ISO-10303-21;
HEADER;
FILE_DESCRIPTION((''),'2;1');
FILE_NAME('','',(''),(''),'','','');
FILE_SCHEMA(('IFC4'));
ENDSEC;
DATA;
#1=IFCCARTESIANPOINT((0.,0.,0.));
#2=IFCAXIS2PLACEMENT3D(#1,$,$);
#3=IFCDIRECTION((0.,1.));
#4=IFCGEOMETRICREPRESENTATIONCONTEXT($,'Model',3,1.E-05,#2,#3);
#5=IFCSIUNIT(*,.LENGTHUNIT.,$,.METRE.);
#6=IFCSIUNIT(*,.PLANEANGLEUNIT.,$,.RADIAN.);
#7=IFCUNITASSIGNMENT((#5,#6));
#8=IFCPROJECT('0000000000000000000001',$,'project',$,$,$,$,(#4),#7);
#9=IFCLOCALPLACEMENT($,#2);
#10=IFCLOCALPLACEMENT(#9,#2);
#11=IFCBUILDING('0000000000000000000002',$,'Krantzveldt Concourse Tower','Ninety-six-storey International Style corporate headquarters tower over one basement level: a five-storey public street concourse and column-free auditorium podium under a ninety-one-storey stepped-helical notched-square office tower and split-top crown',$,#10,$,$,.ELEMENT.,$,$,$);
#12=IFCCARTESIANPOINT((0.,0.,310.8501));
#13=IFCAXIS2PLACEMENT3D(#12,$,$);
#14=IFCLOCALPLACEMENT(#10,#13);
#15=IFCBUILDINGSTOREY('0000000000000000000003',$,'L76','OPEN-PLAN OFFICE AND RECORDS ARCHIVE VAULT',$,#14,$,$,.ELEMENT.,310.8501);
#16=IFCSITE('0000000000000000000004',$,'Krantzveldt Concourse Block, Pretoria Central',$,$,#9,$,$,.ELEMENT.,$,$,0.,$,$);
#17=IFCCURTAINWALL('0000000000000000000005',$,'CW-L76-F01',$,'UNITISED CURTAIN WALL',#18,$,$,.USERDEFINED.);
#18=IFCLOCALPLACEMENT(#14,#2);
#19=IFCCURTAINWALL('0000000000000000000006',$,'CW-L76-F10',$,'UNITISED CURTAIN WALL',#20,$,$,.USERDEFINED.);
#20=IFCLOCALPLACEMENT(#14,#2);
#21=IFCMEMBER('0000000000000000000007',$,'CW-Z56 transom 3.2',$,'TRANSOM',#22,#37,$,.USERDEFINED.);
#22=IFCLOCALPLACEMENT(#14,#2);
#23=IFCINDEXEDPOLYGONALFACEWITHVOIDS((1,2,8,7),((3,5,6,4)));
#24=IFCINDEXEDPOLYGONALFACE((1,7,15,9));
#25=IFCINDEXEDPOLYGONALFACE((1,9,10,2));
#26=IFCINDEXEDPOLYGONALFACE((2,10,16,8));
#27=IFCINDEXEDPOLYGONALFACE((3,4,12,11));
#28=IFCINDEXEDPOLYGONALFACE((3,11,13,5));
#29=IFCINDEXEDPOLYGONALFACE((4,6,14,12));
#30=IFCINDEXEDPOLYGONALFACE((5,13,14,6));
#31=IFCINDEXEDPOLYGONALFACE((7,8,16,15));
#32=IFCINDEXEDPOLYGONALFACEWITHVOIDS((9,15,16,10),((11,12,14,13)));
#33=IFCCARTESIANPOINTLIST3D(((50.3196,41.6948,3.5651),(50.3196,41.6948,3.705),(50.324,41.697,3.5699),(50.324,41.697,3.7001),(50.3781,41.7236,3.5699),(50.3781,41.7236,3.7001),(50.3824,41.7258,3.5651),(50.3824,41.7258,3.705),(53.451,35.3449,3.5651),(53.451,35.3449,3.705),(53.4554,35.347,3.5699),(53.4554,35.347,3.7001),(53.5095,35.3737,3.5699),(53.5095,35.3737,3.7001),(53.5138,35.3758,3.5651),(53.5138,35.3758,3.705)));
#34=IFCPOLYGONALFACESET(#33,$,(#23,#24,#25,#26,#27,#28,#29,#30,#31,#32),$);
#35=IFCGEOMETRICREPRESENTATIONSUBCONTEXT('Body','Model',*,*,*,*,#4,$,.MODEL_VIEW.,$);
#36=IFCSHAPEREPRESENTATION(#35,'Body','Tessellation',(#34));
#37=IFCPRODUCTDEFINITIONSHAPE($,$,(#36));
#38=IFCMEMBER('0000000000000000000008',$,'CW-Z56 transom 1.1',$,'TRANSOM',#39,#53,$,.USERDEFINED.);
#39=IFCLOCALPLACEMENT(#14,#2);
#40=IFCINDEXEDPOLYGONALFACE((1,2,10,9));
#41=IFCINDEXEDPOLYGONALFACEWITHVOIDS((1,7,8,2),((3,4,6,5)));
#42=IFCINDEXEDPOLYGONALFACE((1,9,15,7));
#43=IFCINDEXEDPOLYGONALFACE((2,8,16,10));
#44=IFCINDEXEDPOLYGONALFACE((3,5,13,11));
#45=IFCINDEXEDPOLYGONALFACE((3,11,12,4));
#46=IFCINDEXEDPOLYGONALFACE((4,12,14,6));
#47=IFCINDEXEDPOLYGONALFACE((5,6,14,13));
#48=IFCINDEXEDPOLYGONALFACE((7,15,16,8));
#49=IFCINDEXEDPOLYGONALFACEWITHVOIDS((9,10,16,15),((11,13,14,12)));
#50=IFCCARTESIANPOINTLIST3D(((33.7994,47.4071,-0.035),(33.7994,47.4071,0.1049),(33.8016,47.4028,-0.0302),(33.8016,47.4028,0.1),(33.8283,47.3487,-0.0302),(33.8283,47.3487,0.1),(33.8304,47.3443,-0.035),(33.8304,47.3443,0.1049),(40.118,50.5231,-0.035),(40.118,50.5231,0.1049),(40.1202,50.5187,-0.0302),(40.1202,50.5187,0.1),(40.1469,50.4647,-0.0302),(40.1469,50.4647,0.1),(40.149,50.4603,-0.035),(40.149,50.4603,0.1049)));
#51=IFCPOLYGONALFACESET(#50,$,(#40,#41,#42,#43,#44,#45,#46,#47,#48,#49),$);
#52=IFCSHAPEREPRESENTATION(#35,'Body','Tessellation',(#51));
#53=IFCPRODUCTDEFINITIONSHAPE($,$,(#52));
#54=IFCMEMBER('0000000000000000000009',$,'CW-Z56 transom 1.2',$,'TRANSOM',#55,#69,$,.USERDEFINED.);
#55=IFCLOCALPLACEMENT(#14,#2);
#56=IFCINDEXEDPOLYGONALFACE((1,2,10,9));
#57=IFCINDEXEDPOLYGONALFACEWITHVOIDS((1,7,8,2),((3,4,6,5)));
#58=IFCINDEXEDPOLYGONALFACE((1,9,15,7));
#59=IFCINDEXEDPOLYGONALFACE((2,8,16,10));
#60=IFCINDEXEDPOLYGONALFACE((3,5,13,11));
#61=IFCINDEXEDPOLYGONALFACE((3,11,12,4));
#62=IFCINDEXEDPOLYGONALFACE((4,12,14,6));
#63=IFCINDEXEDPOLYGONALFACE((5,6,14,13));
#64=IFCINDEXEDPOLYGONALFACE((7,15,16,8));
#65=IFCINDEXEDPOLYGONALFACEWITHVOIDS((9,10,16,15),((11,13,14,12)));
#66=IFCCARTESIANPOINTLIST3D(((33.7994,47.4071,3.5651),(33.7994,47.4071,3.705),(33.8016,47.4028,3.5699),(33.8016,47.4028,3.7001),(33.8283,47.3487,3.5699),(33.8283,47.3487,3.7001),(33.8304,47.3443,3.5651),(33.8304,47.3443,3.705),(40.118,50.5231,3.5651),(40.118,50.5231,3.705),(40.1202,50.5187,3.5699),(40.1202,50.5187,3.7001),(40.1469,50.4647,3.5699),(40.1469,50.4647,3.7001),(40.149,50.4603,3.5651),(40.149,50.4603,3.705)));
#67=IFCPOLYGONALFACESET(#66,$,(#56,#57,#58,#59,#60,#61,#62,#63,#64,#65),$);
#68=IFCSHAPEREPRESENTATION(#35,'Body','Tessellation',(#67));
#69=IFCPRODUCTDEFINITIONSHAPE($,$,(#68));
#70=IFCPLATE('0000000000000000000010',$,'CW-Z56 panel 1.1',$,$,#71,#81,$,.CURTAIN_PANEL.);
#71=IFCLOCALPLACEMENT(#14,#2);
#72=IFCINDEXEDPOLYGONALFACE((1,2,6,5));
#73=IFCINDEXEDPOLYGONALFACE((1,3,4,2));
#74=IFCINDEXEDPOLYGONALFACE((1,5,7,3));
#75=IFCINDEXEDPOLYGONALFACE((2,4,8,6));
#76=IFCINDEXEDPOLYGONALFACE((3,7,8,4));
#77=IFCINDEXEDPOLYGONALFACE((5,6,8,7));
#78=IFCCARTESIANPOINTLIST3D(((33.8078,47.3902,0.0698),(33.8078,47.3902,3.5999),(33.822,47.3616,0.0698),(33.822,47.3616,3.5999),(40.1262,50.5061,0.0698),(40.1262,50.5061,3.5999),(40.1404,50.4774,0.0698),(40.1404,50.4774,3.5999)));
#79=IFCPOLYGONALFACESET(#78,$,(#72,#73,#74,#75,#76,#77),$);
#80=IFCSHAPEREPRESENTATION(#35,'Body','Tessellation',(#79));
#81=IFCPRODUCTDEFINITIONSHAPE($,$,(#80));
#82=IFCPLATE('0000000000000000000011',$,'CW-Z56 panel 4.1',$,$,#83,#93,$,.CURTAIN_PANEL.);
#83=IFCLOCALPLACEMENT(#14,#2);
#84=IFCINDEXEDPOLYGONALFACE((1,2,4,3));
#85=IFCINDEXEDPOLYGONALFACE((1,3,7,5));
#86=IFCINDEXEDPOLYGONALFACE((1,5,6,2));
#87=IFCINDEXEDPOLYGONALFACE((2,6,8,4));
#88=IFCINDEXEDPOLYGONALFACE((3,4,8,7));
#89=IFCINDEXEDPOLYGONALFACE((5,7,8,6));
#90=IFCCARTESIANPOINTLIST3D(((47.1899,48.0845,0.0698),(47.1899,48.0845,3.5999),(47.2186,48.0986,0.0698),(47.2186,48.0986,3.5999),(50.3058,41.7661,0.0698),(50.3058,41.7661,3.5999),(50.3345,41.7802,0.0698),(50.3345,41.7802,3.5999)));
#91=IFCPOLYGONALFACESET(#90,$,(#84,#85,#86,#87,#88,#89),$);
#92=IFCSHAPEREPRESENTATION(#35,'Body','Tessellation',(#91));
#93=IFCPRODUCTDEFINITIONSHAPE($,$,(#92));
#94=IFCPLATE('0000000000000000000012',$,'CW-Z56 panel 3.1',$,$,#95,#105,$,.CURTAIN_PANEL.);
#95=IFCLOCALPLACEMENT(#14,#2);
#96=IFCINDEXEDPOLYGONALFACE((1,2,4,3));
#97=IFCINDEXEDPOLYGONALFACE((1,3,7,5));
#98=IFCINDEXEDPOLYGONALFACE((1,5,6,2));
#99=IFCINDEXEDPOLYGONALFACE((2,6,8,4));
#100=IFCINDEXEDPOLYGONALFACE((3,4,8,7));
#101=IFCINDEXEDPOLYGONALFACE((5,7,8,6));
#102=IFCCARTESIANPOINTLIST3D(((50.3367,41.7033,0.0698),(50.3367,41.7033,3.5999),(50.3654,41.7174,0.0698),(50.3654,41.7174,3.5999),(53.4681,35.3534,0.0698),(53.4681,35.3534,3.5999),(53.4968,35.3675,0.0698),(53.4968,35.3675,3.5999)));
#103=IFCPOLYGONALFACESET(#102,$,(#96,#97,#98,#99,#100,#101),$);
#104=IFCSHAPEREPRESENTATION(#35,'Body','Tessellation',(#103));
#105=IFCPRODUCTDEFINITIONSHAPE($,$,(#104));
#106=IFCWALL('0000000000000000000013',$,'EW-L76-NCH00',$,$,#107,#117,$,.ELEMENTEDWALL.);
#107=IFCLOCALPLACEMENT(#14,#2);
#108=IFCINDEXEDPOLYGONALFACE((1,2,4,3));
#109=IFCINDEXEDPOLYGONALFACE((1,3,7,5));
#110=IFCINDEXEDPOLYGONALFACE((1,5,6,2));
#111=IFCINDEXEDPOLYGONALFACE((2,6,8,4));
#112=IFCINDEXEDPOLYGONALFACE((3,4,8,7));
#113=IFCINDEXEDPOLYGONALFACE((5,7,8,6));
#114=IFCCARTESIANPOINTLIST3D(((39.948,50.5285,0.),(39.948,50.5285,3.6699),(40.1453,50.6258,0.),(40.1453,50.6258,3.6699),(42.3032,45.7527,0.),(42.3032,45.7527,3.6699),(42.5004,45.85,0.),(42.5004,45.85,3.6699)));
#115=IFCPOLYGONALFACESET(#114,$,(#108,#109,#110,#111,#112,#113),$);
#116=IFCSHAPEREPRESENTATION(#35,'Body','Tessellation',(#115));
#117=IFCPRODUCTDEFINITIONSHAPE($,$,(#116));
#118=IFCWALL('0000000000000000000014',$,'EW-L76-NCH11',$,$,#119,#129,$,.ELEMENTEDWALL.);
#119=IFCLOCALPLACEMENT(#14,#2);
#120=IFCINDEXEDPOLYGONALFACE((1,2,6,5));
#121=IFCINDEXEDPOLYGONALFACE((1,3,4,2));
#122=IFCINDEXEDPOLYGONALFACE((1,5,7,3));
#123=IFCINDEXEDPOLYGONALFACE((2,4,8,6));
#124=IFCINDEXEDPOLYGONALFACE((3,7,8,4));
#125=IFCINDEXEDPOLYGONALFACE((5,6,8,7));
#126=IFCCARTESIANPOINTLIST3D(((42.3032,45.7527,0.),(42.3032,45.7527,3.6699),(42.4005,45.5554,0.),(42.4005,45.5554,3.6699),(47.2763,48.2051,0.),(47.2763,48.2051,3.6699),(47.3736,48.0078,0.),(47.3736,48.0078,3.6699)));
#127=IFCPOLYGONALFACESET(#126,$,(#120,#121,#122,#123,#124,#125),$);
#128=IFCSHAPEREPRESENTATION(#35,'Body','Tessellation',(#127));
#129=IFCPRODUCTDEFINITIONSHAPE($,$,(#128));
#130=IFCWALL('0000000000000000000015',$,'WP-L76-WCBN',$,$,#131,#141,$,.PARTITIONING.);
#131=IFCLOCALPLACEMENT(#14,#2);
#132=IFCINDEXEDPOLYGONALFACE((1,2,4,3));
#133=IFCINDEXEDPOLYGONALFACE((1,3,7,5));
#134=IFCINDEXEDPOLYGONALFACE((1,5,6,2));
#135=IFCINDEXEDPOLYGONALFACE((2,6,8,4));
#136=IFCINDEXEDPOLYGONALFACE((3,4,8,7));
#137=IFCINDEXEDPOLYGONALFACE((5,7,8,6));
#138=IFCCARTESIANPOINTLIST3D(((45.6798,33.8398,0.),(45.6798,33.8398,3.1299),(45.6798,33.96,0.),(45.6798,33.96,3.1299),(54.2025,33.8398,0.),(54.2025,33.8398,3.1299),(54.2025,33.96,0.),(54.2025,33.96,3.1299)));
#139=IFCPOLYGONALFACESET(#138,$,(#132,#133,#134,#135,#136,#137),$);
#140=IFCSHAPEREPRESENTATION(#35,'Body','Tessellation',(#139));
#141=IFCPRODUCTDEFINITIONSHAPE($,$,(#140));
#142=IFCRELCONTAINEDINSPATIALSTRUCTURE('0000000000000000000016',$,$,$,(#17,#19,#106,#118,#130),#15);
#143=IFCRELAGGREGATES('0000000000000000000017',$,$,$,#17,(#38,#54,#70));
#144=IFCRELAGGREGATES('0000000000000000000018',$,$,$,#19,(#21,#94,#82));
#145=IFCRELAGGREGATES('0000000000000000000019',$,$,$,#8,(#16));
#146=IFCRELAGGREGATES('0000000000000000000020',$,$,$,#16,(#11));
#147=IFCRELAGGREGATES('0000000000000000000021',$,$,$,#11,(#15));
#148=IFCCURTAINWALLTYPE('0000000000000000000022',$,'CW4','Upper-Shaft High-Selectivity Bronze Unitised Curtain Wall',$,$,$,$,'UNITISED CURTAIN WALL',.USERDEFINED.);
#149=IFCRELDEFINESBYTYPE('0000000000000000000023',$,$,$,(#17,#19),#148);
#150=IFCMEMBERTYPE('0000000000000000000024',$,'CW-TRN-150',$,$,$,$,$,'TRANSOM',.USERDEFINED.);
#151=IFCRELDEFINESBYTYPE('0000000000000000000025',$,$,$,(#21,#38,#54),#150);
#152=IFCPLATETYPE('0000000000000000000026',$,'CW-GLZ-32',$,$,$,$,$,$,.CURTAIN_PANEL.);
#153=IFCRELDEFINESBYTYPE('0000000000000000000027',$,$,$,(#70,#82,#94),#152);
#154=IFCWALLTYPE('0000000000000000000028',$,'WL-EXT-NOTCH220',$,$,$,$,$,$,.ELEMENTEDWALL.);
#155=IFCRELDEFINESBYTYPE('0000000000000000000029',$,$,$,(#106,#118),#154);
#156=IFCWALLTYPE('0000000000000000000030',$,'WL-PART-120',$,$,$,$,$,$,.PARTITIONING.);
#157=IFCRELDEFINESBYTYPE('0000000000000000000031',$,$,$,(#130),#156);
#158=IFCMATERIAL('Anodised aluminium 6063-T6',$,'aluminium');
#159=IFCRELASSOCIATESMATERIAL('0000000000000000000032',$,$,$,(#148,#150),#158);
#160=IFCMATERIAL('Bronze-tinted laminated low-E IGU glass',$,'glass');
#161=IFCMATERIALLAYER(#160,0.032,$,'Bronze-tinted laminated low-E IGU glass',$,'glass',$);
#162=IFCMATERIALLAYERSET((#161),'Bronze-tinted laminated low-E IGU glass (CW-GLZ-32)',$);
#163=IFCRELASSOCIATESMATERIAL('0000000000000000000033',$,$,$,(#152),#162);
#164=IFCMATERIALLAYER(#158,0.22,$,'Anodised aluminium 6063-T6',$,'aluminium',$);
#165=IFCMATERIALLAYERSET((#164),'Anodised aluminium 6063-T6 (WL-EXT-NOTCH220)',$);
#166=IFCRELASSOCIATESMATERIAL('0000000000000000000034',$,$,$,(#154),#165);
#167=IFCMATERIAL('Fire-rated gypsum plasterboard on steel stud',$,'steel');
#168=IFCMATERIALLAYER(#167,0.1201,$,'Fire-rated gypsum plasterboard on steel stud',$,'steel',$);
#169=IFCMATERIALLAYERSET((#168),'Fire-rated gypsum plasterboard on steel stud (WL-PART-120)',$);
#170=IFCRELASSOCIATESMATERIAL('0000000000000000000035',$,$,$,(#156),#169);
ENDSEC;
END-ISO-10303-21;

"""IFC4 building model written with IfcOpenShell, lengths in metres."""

from ifc_helpers import new_model, si_unit, direction, frame, frame_2d, origin, origin_2d, place, context, subcontext, project, spatial, rectangle, hollow_rectangle, extrude, source, transform, mapped, material, layer, layer_set, material_profile, profile_set, type_object, type_shapes, element, aggregate, save


model = new_model("IFC4")

# Units and contexts
model_context = context("Model", 3, precision=1e-05, world=origin(), true_north=direction((0.0, 1.0)))
body_context = subcontext(model_context, "Body", "Model", "MODEL_VIEW")
ifc_project = project(units=[si_unit("LENGTHUNIT", "METRE"), si_unit("PLANEANGLEUNIT", "RADIAN")], contexts=[model_context])

# Site, building, storey
site_placement = place(None, origin())
site = spatial("IfcSite", under=ifc_project, at=site_placement, Name="Krantzveldt Concourse Block, Pretoria Central", CompositionType="ELEMENT", RefElevation=0.0)
building_placement = place(site_placement, origin())
building = spatial("IfcBuilding", under=site, at=building_placement, Name="Krantzveldt Concourse Tower", Description="Ninety-six-storey International Style corporate headquarters tower over one basement level: a five-storey public street concourse and column-free auditorium podium under a ninety-one-storey stepped-helical notched-square office tower and split-top crown", CompositionType="ELEMENT")
storey_placement = place(building_placement, frame((0.0, 0.0, 310.8501)))
storey = spatial("IfcBuildingStorey", under=building, at=storey_placement, Name="L76", Description="OPEN-PLAN OFFICE AND RECORDS ARCHIVE VAULT", CompositionType="ELEMENT", Elevation=310.8501)

# Curtain wall
ifc_material_1 = material(Name="Anodised aluminium 6063-T6", Category="aluminium")
curtain_wall_type = type_object("IfcCurtainWallType", Name="CW4", Description="Upper-Shaft High-Selectivity Bronze Unitised Curtain Wall", ElementType="UNITISED CURTAIN WALL", PredefinedType="USERDEFINED", material=ifc_material_1)
curtain_wall_1_placement = place(storey_placement, origin())
curtain_wall_1 = element("IfcCurtainWall", 1, at=curtain_wall_1_placement, inside=storey, type_object=curtain_wall_type, Name="CW-L76-F01", ObjectType="UNITISED CURTAIN WALL", PredefinedType="USERDEFINED")

# Curtain wall, member
curtain_wall_2_placement = place(storey_placement, origin())
curtain_wall_2 = element("IfcCurtainWall", 2, at=curtain_wall_2_placement, inside=storey, type_object=curtain_wall_type, Name="CW-L76-F10", ObjectType="UNITISED CURTAIN WALL", PredefinedType="USERDEFINED")
ifc_material_profile_1 = material_profile(ifc_material_1, hollow_rectangle(XDim=0.0701, YDim=0.1399, WallThickness=0.0049, at=origin_2d()), Name="Anodised aluminium 6063-T6", Category="aluminium")
ifc_profile_set_1 = profile_set([ifc_material_profile_1], Name="Anodised aluminium 6063-T6 - ALU-TRAN 140x70x5")
member_type_1 = type_object("IfcMemberType", Name="CW-TRN-150", ElementType="TRANSOM", PredefinedType="USERDEFINED", material=ifc_profile_set_1)
shared_shape_1 = source(origin(), body_context, "Body", "SweptSolid", [
    extrude(hollow_rectangle(XDim=0.0701, YDim=0.1399, WallThickness=0.0049, at=origin_2d()), origin(), (0.0, 0.0, 1.0), 7.0801),
])
member_1_placement = place(storey_placement, frame((53.4824, 35.3604, 3.635), z_axis=(-0.442283, 0.896876, 0.0), x_axis=(-0.896876, -0.442283, 0.0)))
member_1 = element("IfcMember", 3, at=member_1_placement, type_object=member_type_1, Name="CW-Z56 transom 3.2", ObjectType="TRANSOM", PredefinedType="USERDEFINED", context=body_context, shape_type="MappedRepresentation", body=[
    mapped(shared_shape_1, transform((0.0, 0.0, 0.0), x_axis=(1.0, 0.0, 0.0), y_axis=(0.0, 1.0, 0.0), z_axis=(0.0, 0.0, 1.0), scale=1.0)),
])

# Members
shared_shape_2 = source(origin(), body_context, "Body", "SweptSolid", [
    extrude(hollow_rectangle(XDim=0.0701, YDim=0.1399, WallThickness=0.0049, at=origin_2d()), origin(), (0.0, 0.0, 1.0), 7.0452),
])
member_2_placement = place(storey_placement, frame((40.1335, 50.4917, 0.0349), z_axis=(-0.896874, -0.442286, 0.0), x_axis=(0.442286, -0.896874, 0.0)))
member_2 = element("IfcMember", 4, at=member_2_placement, type_object=member_type_1, Name="CW-Z56 transom 1.1", ObjectType="TRANSOM", PredefinedType="USERDEFINED", context=body_context, shape_type="MappedRepresentation", body=[
    mapped(shared_shape_2, transform((0.0, 0.0, 0.0), x_axis=(1.0, 0.0, 0.0), y_axis=(0.0, 1.0, 0.0), z_axis=(0.0, 0.0, 1.0), scale=1.0)),
])
member_3_placement = place(storey_placement, frame((40.1335, 50.4917, 3.635), z_axis=(-0.896874, -0.442286, 0.0), x_axis=(0.442286, -0.896874, 0.0)))
member_3 = element("IfcMember", 5, at=member_3_placement, type_object=member_type_1, Name="CW-Z56 transom 1.2", ObjectType="TRANSOM", PredefinedType="USERDEFINED", context=body_context, shape_type="MappedRepresentation", body=[
    mapped(shared_shape_2, transform((0.0, 0.0, 0.0), x_axis=(1.0, 0.0, 0.0), y_axis=(0.0, 1.0, 0.0), z_axis=(0.0, 0.0, 1.0), scale=1.0)),
])

# Plates
ifc_material_2 = material(Name="Bronze-tinted laminated low-E IGU glass", Category="glass")
ifc_layer_1 = layer(ifc_material_2, 0.032, Name="Bronze-tinted laminated low-E IGU glass", Category="glass")
ifc_layer_set_1 = layer_set([ifc_layer_1], Name="Bronze-tinted laminated low-E IGU glass (CW-GLZ-32)")
plate_type = type_object("IfcPlateType", Name="CW-GLZ-32", PredefinedType="CURTAIN_PANEL", material=ifc_layer_set_1)
shared_shape_3 = source(origin(), body_context, "Body", "SweptSolid", [
    extrude(rectangle(XDim=7.0449, YDim=0.032, at=origin_2d()), origin(), (0.0, 0.0, 1.0), 3.53),
])
plate_1_placement = place(storey_placement, frame((36.9741, 48.9338, 0.0698), z_axis=(0.0, 0.0, 1.0), x_axis=(-0.896873, -0.442289, 0.0)))
plate_1 = element("IfcPlate", 6, at=plate_1_placement, type_object=plate_type, Name="CW-Z56 panel 1.1", PredefinedType="CURTAIN_PANEL", context=body_context, shape_type="MappedRepresentation", body=[
    mapped(shared_shape_3, transform((0.0, 0.0, 0.0), x_axis=(1.0, 0.0, 0.0), y_axis=(0.0, 1.0, 0.0), z_axis=(0.0, 0.0, 1.0), scale=1.0)),
])
aggregate(curtain_wall_1, [member_2, member_3, plate_1])
plate_2_placement = place(storey_placement, frame((48.7622, 44.9324, 0.0698), z_axis=(0.0, 0.0, 1.0), x_axis=(-0.442289, 0.896873, 0.0)))
plate_2 = element("IfcPlate", 7, at=plate_2_placement, type_object=plate_type, Name="CW-Z56 panel 4.1", PredefinedType="CURTAIN_PANEL", context=body_context, shape_type="MappedRepresentation", body=[
    mapped(shared_shape_3, transform((0.0, 0.0, 0.0), x_axis=(1.0, 0.0, 0.0), y_axis=(0.0, 1.0, 0.0), z_axis=(0.0, 0.0, 1.0), scale=1.0)),
])
shared_shape_4 = source(origin(), body_context, "Body", "SweptSolid", [
    extrude(rectangle(XDim=7.0801, YDim=0.032, at=origin_2d()), origin(), (0.0, 0.0, 1.0), 3.53),
])
type_shapes(plate_type, [shared_shape_3, shared_shape_4])
plate_3_placement = place(storey_placement, frame((51.9167, 38.5354, 0.0698), z_axis=(0.0, 0.0, 1.0), x_axis=(-0.442289, 0.896873, 0.0)))
plate_3 = element("IfcPlate", 8, at=plate_3_placement, type_object=plate_type, Name="CW-Z56 panel 3.1", PredefinedType="CURTAIN_PANEL", context=body_context, shape_type="MappedRepresentation", body=[
    mapped(shared_shape_4, transform((0.0, 0.0, 0.0), x_axis=(1.0, 0.0, 0.0), y_axis=(0.0, 1.0, 0.0), z_axis=(0.0, 0.0, 1.0), scale=1.0)),
])
aggregate(curtain_wall_2, [member_1, plate_3, plate_2])

# Walls
ifc_layer_2 = layer(ifc_material_1, 0.22, Name="Anodised aluminium 6063-T6", Category="aluminium")
ifc_layer_set_2 = layer_set([ifc_layer_2], Name="Anodised aluminium 6063-T6 (WL-EXT-NOTCH220)")
wall_type_1 = type_object("IfcWallType", Name="WL-EXT-NOTCH220", PredefinedType="ELEMENTEDWALL", material=ifc_layer_set_2)
wall_1_placement = place(storey_placement, frame((42.4019, 45.8013, 0.0), z_axis=(0.0, 0.0, 1.0), x_axis=(-0.442292, 0.896871, 0.0)))
element("IfcWall", 9, at=wall_1_placement, inside=storey, type_object=wall_type_1, Name="EW-L76-NCH00", PredefinedType="ELEMENTEDWALL", context=body_context, shape_type="SweptSolid", body=[
    extrude(rectangle(XDim=5.325, YDim=0.22, at=frame_2d((2.6626, 0.0))), origin(), (0.0, 0.0, 1.0), 3.6699),
])
wall_2_placement = place(storey_placement, frame((47.325, 48.1064, 0.0), z_axis=(0.0, 0.0, 1.0), x_axis=(-0.896879, -0.442276, 0.0)))
element("IfcWall", 10, at=wall_2_placement, inside=storey, type_object=wall_type_1, Name="EW-L76-NCH11", PredefinedType="ELEMENTEDWALL", context=body_context, shape_type="SweptSolid", body=[
    extrude(rectangle(XDim=5.5449, YDim=0.22, at=frame_2d((2.7725, 0.0))), origin(), (0.0, 0.0, 1.0), 3.6699),
])
ifc_material_3 = material(Name="Fire-rated gypsum plasterboard on steel stud", Category="steel")
ifc_layer_3 = layer(ifc_material_3, 0.1201, Name="Fire-rated gypsum plasterboard on steel stud", Category="steel")
ifc_layer_set_3 = layer_set([ifc_layer_3], Name="Fire-rated gypsum plasterboard on steel stud (WL-PART-120)")
wall_type_2 = type_object("IfcWallType", Name="WL-PART-120", PredefinedType="PARTITIONING", material=ifc_layer_set_3)
wall_3_placement = place(storey_placement, frame((45.6799, 33.8999, 0.0), z_axis=(0.0, 0.0, 1.0), x_axis=(1.0, 0.0, 0.0)))
element("IfcWall", 11, at=wall_3_placement, inside=storey, type_object=wall_type_2, Name="WP-L76-WCBN", PredefinedType="PARTITIONING", context=body_context, shape_type="SweptSolid", body=[
    extrude(rectangle(XDim=8.5227, YDim=0.1201, at=frame_2d((4.2612, 0.0))), origin(), (0.0, 0.0, 1.0), 3.1299),
])

save(model, "model.ifc")
